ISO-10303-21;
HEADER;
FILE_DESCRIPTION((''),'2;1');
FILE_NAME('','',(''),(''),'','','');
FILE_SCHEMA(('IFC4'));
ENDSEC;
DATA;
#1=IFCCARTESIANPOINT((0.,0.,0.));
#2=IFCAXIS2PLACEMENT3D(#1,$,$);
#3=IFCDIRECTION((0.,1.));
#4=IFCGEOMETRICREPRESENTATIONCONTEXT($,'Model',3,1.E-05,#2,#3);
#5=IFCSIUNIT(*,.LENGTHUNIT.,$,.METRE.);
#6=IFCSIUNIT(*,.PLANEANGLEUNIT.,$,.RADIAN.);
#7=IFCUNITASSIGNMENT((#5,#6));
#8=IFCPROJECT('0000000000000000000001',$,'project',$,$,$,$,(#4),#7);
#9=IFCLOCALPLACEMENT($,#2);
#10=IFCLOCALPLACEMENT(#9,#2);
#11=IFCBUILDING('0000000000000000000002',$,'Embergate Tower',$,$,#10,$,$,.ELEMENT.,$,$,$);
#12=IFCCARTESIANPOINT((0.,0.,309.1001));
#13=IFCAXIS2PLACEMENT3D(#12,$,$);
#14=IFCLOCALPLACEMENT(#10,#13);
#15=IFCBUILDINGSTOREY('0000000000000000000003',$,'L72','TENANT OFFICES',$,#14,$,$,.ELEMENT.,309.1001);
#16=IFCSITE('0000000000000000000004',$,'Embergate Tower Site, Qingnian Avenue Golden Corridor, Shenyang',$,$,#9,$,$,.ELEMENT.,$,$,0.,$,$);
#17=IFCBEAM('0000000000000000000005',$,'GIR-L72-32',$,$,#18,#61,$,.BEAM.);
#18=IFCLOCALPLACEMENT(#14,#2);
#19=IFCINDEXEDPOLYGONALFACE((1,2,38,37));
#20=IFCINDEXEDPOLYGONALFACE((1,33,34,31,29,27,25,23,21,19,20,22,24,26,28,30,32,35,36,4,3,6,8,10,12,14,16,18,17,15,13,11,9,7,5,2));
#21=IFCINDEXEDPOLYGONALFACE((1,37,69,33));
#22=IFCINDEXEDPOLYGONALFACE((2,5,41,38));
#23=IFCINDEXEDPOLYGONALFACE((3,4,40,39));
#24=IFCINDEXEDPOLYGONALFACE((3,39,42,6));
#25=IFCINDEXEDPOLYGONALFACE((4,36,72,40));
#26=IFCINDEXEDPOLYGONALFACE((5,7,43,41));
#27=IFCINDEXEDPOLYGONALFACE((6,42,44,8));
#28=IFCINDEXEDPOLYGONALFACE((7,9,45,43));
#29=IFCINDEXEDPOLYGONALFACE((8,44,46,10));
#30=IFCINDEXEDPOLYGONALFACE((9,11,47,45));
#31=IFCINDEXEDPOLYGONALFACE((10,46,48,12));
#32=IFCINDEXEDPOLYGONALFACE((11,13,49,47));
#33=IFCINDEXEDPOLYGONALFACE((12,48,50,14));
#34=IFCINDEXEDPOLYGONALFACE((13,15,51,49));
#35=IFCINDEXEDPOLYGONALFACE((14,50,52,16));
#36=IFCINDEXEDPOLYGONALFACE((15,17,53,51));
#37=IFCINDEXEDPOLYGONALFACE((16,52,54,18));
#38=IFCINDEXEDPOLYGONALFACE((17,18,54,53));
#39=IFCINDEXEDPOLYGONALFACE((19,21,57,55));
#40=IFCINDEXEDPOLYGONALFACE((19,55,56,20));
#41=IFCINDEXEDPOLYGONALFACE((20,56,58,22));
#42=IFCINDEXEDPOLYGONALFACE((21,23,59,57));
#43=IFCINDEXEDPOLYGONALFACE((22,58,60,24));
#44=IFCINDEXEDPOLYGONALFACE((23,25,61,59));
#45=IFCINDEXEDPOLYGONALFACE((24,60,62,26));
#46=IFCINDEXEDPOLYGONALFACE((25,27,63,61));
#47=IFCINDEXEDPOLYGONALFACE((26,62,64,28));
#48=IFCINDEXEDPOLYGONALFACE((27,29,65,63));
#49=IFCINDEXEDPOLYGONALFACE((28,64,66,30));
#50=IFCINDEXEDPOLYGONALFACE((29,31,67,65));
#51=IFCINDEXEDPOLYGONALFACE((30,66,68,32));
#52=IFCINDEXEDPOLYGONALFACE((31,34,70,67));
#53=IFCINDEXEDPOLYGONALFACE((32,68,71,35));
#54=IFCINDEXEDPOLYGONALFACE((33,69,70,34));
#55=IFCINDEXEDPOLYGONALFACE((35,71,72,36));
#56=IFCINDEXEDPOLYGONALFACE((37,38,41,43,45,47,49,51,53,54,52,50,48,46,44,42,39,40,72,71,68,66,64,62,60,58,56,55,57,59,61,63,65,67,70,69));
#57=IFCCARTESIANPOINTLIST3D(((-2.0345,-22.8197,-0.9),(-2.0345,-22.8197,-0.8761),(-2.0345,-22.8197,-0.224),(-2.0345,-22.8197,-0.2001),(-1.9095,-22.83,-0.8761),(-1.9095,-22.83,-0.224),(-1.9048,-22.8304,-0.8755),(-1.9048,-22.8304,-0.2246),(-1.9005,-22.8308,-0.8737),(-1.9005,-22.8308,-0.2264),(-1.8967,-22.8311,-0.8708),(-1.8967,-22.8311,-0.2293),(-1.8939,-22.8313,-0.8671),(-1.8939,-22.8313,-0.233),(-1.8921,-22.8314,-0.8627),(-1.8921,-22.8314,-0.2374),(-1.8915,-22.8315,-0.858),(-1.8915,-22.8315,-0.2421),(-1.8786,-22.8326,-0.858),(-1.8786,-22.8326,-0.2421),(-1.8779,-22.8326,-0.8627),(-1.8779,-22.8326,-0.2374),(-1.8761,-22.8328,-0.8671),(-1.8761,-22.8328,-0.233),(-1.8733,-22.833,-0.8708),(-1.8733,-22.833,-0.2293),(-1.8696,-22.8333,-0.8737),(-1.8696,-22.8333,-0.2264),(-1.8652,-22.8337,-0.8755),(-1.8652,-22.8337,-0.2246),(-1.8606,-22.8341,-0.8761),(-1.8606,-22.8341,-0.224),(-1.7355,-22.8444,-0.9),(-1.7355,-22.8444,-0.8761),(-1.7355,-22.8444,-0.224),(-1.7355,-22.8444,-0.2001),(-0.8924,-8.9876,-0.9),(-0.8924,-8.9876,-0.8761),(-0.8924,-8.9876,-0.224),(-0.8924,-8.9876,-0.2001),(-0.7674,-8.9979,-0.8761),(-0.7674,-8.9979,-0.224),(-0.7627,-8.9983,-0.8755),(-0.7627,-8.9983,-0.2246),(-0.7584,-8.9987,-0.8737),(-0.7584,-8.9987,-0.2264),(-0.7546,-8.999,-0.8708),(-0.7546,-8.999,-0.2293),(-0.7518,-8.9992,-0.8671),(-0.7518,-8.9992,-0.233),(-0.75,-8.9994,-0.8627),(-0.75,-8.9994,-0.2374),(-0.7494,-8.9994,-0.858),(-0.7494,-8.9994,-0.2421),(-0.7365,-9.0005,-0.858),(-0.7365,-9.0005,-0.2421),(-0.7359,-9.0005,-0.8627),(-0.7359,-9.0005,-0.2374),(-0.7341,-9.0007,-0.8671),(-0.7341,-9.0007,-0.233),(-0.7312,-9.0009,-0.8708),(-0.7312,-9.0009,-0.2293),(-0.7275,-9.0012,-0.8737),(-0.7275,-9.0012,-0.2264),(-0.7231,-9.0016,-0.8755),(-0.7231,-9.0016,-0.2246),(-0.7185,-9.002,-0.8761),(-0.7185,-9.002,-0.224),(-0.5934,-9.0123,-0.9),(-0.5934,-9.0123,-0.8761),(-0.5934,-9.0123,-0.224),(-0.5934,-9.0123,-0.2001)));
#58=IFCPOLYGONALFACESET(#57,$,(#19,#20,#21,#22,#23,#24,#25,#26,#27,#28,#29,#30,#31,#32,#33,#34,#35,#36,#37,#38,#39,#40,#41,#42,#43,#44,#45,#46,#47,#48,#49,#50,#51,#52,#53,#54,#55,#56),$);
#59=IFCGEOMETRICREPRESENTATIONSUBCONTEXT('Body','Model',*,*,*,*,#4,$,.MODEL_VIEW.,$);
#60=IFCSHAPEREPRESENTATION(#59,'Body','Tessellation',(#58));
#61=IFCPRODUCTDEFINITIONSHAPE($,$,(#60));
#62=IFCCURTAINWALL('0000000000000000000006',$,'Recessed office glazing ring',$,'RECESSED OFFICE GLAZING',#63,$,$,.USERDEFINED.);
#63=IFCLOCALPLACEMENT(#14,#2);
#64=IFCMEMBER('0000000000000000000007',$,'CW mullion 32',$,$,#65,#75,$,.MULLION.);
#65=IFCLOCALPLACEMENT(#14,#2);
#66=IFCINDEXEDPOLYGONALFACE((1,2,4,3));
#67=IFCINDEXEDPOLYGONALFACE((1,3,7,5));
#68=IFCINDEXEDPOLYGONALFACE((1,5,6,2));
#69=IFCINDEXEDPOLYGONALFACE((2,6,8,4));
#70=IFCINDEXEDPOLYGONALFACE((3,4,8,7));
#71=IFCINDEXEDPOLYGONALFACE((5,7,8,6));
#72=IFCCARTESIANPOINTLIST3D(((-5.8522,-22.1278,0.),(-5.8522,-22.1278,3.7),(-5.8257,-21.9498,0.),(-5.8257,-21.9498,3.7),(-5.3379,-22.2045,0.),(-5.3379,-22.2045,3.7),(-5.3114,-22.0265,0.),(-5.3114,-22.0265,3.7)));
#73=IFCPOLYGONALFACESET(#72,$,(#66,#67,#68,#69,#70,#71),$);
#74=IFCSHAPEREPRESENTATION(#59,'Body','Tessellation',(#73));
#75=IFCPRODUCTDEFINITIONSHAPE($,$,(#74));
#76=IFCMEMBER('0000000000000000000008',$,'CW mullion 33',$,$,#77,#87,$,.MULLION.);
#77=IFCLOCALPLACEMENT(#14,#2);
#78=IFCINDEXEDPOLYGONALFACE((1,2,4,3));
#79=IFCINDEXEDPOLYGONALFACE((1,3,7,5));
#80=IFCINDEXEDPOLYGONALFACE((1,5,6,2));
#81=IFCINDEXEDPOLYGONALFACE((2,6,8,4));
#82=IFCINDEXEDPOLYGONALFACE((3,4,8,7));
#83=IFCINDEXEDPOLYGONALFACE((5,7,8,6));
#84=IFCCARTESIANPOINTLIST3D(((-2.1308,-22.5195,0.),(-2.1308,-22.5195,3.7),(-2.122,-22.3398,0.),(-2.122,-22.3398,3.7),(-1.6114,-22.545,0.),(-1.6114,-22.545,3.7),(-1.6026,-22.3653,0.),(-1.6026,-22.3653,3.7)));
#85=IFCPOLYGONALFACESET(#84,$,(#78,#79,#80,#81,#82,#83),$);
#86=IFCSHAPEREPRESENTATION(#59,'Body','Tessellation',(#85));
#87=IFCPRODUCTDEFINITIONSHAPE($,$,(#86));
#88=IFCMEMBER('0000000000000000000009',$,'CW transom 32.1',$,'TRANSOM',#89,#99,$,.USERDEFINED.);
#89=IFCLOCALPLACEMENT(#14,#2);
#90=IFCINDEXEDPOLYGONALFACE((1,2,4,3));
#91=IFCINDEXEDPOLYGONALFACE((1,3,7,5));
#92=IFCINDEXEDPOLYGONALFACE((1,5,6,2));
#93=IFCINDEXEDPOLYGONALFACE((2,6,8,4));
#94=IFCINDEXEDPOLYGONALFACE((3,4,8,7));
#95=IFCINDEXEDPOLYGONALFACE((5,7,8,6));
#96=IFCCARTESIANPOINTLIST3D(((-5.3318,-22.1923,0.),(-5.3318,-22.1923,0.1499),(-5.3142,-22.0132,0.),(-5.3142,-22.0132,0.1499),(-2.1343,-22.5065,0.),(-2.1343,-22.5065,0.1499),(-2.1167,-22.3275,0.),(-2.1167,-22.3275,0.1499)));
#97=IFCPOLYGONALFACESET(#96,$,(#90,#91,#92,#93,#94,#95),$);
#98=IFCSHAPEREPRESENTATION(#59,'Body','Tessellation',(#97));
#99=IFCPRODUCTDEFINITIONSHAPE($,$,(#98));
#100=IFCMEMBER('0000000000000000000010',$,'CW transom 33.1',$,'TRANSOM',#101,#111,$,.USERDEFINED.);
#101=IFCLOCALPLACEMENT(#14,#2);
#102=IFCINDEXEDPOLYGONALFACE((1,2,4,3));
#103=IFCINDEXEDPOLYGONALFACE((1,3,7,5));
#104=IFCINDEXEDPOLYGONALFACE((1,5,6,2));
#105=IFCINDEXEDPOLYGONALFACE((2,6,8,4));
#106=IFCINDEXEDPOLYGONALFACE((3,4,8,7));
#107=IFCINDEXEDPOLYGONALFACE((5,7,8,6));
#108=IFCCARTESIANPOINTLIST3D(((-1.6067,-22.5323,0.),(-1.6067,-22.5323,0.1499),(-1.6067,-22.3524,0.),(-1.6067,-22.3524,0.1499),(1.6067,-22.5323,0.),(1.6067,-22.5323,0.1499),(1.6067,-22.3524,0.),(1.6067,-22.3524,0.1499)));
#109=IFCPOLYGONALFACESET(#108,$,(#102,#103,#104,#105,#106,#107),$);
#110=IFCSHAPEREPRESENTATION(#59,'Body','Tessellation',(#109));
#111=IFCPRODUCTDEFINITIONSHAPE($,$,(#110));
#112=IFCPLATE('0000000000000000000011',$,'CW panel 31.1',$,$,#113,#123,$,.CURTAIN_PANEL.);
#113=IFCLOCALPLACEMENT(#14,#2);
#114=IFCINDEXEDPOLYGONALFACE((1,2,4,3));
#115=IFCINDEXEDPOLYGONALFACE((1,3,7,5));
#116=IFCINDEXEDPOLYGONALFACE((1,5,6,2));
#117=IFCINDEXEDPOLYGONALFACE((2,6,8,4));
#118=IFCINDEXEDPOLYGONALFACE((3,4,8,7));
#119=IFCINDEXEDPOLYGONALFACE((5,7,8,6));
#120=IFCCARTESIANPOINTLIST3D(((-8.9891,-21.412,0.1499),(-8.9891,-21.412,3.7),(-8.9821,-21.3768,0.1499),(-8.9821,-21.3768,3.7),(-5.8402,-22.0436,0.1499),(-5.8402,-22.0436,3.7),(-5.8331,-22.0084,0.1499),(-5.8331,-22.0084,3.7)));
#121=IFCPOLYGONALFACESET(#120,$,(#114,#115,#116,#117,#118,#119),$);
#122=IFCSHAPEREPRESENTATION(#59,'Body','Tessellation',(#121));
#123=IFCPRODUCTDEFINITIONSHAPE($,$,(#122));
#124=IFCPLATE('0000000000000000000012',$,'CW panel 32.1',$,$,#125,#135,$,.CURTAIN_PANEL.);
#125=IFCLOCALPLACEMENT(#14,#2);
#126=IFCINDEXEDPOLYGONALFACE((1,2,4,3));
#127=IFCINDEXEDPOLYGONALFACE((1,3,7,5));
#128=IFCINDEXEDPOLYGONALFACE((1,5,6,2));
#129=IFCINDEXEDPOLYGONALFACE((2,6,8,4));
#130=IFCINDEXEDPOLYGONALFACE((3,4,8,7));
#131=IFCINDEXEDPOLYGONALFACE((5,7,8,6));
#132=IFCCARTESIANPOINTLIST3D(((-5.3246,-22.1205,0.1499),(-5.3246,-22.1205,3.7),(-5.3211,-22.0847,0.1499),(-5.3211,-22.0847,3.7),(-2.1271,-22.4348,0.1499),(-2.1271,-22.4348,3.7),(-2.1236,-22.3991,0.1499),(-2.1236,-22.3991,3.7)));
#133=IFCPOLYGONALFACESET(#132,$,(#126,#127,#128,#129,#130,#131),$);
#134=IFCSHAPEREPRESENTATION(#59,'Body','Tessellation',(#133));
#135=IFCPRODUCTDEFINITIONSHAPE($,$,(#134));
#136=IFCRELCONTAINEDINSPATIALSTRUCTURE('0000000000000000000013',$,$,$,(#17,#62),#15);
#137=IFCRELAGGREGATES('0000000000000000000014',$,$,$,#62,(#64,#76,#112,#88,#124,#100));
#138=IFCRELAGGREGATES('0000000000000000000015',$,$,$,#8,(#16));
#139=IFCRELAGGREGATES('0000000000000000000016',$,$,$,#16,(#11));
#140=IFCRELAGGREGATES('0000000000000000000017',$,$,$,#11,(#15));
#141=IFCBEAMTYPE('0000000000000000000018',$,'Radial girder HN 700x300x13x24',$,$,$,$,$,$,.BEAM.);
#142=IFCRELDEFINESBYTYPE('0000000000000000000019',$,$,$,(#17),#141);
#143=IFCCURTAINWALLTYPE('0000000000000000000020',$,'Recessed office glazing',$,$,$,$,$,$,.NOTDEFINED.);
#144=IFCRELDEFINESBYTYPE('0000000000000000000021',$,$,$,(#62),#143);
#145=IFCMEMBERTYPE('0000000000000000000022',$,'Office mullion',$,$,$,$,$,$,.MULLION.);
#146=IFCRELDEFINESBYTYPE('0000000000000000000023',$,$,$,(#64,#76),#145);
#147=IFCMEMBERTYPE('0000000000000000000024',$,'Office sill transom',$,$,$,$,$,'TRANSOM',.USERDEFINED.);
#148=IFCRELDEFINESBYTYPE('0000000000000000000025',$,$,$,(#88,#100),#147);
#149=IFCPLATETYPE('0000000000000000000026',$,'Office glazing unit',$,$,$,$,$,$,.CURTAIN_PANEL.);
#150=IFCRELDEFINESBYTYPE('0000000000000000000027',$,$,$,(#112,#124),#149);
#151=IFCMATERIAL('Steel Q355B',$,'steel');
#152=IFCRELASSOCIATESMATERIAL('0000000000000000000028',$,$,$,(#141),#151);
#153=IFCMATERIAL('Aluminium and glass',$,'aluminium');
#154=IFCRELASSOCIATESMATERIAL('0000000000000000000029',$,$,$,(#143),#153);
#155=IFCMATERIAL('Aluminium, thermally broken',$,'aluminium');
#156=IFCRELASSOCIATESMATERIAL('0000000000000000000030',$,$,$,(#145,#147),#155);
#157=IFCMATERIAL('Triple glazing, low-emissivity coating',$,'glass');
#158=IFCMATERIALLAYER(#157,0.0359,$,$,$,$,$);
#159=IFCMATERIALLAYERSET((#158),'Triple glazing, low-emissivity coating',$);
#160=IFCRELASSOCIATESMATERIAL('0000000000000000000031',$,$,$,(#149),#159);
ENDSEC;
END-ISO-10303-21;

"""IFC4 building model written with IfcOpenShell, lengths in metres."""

from ifc_helpers import new_model, si_unit, direction, frame, origin, origin_2d, place, context, subcontext, project, spatial, rectangle, i_section, extrude, source, transform, mapped, material, layer, layer_set, material_profile, profile_set, type_object, element, aggregate, save


model = new_model("IFC4")

# Units and contexts
model_context = context("Model", 3, precision=1e-05, world=origin(), true_north=direction((0.0, 1.0)))
body_context = subcontext(model_context, "Body", "Model", "MODEL_VIEW")
ifc_project = project(units=[si_unit("LENGTHUNIT", "METRE"), si_unit("PLANEANGLEUNIT", "RADIAN")], contexts=[model_context])

# Site, building, storey
site_placement = place(None, origin())
site = spatial("IfcSite", under=ifc_project, at=site_placement, Name="Embergate Tower Site, Qingnian Avenue Golden Corridor, Shenyang", CompositionType="ELEMENT", RefElevation=0.0)
building_placement = place(site_placement, origin())
building = spatial("IfcBuilding", under=site, at=building_placement, Name="Embergate Tower", CompositionType="ELEMENT")
storey_placement = place(building_placement, frame((0.0, 0.0, 309.1001)))
storey = spatial("IfcBuildingStorey", under=building, at=storey_placement, Name="L72", Description="TENANT OFFICES", CompositionType="ELEMENT", Elevation=309.1001)

# Beam
ifc_material_1 = material(Name="Steel Q355B", Category="steel")
ifc_material_profile_1 = material_profile(ifc_material_1, i_section(OverallWidth=0.3, OverallDepth=0.7, WebThickness=0.0129, FlangeThickness=0.0239, FilletRadius=0.0181, at=origin_2d()), Name="HN 700x300x13x24")
ifc_profile_set_1 = profile_set([ifc_material_profile_1], Name="Steel Q355 grade B")
beam_type_1 = type_object("IfcBeamType", Name="Radial girder HN 700x300x13x24", PredefinedType="BEAM", material=ifc_profile_set_1)
shared_shape_1 = source(origin(), body_context, "Body", "SweptSolid", [
    extrude(i_section(OverallWidth=0.3, OverallDepth=0.7, WebThickness=0.0129, FlangeThickness=0.0239, FilletRadius=0.0181, at=origin_2d()), origin(), (0.0, 0.0, 1.0), 13.8792),
])
beam_1_placement = place(storey_placement, frame((-1.885, -22.832, -0.55), z_axis=(0.082288, 0.996609, 0.0), x_axis=(-0.996609, 0.082288, 0.0)))
element("IfcBeam", 1, at=beam_1_placement, inside=storey, type_object=beam_type_1, Name="GIR-L72-32", PredefinedType="BEAM", context=body_context, shape_type="MappedRepresentation", body=[
    mapped(shared_shape_1, transform((0.0, 0.0, 0.0))),
])

# Curtain wall, members, plates
ifc_material_2 = material(Name="Aluminium and glass", Category="aluminium")
curtain_wall_type = type_object("IfcCurtainWallType", Name="Recessed office glazing", PredefinedType="NOTDEFINED", material=ifc_material_2)
curtain_wall_placement = place(storey_placement, origin())
curtain_wall = element("IfcCurtainWall", 2, at=curtain_wall_placement, inside=storey, type_object=curtain_wall_type, Name="Recessed office glazing ring", ObjectType="RECESSED OFFICE GLAZING", PredefinedType="USERDEFINED")
ifc_material_3 = material(Name="Aluminium, thermally broken", Category="aluminium")
ifc_material_profile_2 = material_profile(ifc_material_3, rectangle(XDim=0.1799, YDim=0.52, at=origin_2d()), Name="AL 520x180")
ifc_profile_set_2 = profile_set([ifc_material_profile_2], Name="Aluminium, thermally broken")
member_type_1 = type_object("IfcMemberType", Name="Office mullion", PredefinedType="MULLION", material=ifc_profile_set_2)
shared_shape_2 = source(origin(), body_context, "Body", "SweptSolid", [
    extrude(rectangle(XDim=0.1799, YDim=0.52, at=origin_2d()), origin(), (0.0, 0.0, 1.0), 3.7),
])
member_1_placement = place(storey_placement, frame((-5.5818, -22.0771, 0.0), z_axis=(0.0, 0.0, 1.0), x_axis=(0.147412, 0.989075, 0.0)))
member_1 = element("IfcMember", 3, at=member_1_placement, type_object=member_type_1, Name="CW mullion 32", PredefinedType="MULLION", context=body_context, shape_type="MappedRepresentation", body=[
    mapped(shared_shape_2, transform((0.0, 0.0, 0.0))),
])
member_2_placement = place(storey_placement, frame((-1.8667, -22.4424, 0.0), z_axis=(0.0, 0.0, 1.0), x_axis=(0.048972, 0.9988, 0.0)))
member_2 = element("IfcMember", 4, at=member_2_placement, type_object=member_type_1, Name="CW mullion 33", PredefinedType="MULLION", context=body_context, shape_type="MappedRepresentation", body=[
    mapped(shared_shape_2, transform((0.0, 0.0, 0.0))),
])
ifc_material_profile_3 = material_profile(ifc_material_3, rectangle(XDim=0.1799, YDim=0.1499, at=origin_2d()), Name="AL 150x180")
ifc_profile_set_3 = profile_set([ifc_material_profile_3], Name="Aluminium, thermally broken")
member_type_2 = type_object("IfcMemberType", Name="Office sill transom", ElementType="TRANSOM", PredefinedType="USERDEFINED", material=ifc_profile_set_3)
shared_shape_3 = source(origin(), body_context, "Body", "SweptSolid", [
    extrude(rectangle(XDim=0.1799, YDim=0.1499, at=origin_2d()), origin(), (0.0, 0.0, 1.0), 3.2129),
])
member_3_placement = place(storey_placement, frame((-5.323, -22.1028, 0.075), z_axis=(0.995207, -0.097796, 0.0), x_axis=(0.097796, 0.995207, 0.0)))
member_3 = element("IfcMember", 5, at=member_3_placement, type_object=member_type_2, Name="CW transom 32.1", ObjectType="TRANSOM", PredefinedType="USERDEFINED", context=body_context, shape_type="MappedRepresentation", body=[
    mapped(shared_shape_3, transform((0.0, 0.0, 0.0))),
])
shared_shape_4 = source(origin(), body_context, "Body", "SweptSolid", [
    extrude(rectangle(XDim=0.1799, YDim=0.1499, at=origin_2d()), origin(), (0.0, 0.0, 1.0), 3.2134),
])
member_4_placement = place(storey_placement, frame((-1.6067, -22.4424, 0.075), z_axis=(1.0, 0.0, 0.0), x_axis=(0.0, 1.0, 0.0)))
member_4 = element("IfcMember", 6, at=member_4_placement, type_object=member_type_2, Name="CW transom 33.1", ObjectType="TRANSOM", PredefinedType="USERDEFINED", context=body_context, shape_type="MappedRepresentation", body=[
    mapped(shared_shape_4, transform((0.0, 0.0, 0.0))),
])
ifc_material_4 = material(Name="Triple glazing, low-emissivity coating", Category="glass")
ifc_layer = layer(ifc_material_4, 0.0359)
ifc_layer_set = layer_set([ifc_layer], Name="Triple glazing, low-emissivity coating")
plate_type = type_object("IfcPlateType", Name="Office glazing unit", PredefinedType="CURTAIN_PANEL", material=ifc_layer_set)
shared_shape_5 = source(origin(), body_context, "Body", "SweptSolid", [
    extrude(rectangle(XDim=3.2117, YDim=0.0359, at=origin_2d()), origin(), (0.0, 0.0, 1.0), 3.55),
])
plate_1_placement = place(storey_placement, frame((-7.4111, -21.7102, 0.1499), z_axis=(0.0, 0.0, 1.0), x_axis=(0.980475, -0.196643, 0.0)))
plate_1 = element("IfcPlate", 7, at=plate_1_placement, type_object=plate_type, Name="CW panel 31.1", PredefinedType="CURTAIN_PANEL", context=body_context, shape_type="MappedRepresentation", body=[
    mapped(shared_shape_5, transform((0.0, 0.0, 0.0))),
])
shared_shape_6 = source(origin(), body_context, "Body", "SweptSolid", [
    extrude(rectangle(XDim=3.2129, YDim=0.0359, at=origin_2d()), origin(), (0.0, 0.0, 1.0), 3.55),
])
plate_2_placement = place(storey_placement, frame((-3.7241, -22.2598, 0.1499), z_axis=(0.0, 0.0, 1.0), x_axis=(0.995203, -0.097831, 0.0)))
plate_2 = element("IfcPlate", 8, at=plate_2_placement, type_object=plate_type, Name="CW panel 32.1", PredefinedType="CURTAIN_PANEL", context=body_context, shape_type="MappedRepresentation", body=[
    mapped(shared_shape_6, transform((0.0, 0.0, 0.0))),
])
aggregate(curtain_wall, [member_1, member_2, plate_1, member_3, plate_2, member_4])

save(model, "model.ifc")
